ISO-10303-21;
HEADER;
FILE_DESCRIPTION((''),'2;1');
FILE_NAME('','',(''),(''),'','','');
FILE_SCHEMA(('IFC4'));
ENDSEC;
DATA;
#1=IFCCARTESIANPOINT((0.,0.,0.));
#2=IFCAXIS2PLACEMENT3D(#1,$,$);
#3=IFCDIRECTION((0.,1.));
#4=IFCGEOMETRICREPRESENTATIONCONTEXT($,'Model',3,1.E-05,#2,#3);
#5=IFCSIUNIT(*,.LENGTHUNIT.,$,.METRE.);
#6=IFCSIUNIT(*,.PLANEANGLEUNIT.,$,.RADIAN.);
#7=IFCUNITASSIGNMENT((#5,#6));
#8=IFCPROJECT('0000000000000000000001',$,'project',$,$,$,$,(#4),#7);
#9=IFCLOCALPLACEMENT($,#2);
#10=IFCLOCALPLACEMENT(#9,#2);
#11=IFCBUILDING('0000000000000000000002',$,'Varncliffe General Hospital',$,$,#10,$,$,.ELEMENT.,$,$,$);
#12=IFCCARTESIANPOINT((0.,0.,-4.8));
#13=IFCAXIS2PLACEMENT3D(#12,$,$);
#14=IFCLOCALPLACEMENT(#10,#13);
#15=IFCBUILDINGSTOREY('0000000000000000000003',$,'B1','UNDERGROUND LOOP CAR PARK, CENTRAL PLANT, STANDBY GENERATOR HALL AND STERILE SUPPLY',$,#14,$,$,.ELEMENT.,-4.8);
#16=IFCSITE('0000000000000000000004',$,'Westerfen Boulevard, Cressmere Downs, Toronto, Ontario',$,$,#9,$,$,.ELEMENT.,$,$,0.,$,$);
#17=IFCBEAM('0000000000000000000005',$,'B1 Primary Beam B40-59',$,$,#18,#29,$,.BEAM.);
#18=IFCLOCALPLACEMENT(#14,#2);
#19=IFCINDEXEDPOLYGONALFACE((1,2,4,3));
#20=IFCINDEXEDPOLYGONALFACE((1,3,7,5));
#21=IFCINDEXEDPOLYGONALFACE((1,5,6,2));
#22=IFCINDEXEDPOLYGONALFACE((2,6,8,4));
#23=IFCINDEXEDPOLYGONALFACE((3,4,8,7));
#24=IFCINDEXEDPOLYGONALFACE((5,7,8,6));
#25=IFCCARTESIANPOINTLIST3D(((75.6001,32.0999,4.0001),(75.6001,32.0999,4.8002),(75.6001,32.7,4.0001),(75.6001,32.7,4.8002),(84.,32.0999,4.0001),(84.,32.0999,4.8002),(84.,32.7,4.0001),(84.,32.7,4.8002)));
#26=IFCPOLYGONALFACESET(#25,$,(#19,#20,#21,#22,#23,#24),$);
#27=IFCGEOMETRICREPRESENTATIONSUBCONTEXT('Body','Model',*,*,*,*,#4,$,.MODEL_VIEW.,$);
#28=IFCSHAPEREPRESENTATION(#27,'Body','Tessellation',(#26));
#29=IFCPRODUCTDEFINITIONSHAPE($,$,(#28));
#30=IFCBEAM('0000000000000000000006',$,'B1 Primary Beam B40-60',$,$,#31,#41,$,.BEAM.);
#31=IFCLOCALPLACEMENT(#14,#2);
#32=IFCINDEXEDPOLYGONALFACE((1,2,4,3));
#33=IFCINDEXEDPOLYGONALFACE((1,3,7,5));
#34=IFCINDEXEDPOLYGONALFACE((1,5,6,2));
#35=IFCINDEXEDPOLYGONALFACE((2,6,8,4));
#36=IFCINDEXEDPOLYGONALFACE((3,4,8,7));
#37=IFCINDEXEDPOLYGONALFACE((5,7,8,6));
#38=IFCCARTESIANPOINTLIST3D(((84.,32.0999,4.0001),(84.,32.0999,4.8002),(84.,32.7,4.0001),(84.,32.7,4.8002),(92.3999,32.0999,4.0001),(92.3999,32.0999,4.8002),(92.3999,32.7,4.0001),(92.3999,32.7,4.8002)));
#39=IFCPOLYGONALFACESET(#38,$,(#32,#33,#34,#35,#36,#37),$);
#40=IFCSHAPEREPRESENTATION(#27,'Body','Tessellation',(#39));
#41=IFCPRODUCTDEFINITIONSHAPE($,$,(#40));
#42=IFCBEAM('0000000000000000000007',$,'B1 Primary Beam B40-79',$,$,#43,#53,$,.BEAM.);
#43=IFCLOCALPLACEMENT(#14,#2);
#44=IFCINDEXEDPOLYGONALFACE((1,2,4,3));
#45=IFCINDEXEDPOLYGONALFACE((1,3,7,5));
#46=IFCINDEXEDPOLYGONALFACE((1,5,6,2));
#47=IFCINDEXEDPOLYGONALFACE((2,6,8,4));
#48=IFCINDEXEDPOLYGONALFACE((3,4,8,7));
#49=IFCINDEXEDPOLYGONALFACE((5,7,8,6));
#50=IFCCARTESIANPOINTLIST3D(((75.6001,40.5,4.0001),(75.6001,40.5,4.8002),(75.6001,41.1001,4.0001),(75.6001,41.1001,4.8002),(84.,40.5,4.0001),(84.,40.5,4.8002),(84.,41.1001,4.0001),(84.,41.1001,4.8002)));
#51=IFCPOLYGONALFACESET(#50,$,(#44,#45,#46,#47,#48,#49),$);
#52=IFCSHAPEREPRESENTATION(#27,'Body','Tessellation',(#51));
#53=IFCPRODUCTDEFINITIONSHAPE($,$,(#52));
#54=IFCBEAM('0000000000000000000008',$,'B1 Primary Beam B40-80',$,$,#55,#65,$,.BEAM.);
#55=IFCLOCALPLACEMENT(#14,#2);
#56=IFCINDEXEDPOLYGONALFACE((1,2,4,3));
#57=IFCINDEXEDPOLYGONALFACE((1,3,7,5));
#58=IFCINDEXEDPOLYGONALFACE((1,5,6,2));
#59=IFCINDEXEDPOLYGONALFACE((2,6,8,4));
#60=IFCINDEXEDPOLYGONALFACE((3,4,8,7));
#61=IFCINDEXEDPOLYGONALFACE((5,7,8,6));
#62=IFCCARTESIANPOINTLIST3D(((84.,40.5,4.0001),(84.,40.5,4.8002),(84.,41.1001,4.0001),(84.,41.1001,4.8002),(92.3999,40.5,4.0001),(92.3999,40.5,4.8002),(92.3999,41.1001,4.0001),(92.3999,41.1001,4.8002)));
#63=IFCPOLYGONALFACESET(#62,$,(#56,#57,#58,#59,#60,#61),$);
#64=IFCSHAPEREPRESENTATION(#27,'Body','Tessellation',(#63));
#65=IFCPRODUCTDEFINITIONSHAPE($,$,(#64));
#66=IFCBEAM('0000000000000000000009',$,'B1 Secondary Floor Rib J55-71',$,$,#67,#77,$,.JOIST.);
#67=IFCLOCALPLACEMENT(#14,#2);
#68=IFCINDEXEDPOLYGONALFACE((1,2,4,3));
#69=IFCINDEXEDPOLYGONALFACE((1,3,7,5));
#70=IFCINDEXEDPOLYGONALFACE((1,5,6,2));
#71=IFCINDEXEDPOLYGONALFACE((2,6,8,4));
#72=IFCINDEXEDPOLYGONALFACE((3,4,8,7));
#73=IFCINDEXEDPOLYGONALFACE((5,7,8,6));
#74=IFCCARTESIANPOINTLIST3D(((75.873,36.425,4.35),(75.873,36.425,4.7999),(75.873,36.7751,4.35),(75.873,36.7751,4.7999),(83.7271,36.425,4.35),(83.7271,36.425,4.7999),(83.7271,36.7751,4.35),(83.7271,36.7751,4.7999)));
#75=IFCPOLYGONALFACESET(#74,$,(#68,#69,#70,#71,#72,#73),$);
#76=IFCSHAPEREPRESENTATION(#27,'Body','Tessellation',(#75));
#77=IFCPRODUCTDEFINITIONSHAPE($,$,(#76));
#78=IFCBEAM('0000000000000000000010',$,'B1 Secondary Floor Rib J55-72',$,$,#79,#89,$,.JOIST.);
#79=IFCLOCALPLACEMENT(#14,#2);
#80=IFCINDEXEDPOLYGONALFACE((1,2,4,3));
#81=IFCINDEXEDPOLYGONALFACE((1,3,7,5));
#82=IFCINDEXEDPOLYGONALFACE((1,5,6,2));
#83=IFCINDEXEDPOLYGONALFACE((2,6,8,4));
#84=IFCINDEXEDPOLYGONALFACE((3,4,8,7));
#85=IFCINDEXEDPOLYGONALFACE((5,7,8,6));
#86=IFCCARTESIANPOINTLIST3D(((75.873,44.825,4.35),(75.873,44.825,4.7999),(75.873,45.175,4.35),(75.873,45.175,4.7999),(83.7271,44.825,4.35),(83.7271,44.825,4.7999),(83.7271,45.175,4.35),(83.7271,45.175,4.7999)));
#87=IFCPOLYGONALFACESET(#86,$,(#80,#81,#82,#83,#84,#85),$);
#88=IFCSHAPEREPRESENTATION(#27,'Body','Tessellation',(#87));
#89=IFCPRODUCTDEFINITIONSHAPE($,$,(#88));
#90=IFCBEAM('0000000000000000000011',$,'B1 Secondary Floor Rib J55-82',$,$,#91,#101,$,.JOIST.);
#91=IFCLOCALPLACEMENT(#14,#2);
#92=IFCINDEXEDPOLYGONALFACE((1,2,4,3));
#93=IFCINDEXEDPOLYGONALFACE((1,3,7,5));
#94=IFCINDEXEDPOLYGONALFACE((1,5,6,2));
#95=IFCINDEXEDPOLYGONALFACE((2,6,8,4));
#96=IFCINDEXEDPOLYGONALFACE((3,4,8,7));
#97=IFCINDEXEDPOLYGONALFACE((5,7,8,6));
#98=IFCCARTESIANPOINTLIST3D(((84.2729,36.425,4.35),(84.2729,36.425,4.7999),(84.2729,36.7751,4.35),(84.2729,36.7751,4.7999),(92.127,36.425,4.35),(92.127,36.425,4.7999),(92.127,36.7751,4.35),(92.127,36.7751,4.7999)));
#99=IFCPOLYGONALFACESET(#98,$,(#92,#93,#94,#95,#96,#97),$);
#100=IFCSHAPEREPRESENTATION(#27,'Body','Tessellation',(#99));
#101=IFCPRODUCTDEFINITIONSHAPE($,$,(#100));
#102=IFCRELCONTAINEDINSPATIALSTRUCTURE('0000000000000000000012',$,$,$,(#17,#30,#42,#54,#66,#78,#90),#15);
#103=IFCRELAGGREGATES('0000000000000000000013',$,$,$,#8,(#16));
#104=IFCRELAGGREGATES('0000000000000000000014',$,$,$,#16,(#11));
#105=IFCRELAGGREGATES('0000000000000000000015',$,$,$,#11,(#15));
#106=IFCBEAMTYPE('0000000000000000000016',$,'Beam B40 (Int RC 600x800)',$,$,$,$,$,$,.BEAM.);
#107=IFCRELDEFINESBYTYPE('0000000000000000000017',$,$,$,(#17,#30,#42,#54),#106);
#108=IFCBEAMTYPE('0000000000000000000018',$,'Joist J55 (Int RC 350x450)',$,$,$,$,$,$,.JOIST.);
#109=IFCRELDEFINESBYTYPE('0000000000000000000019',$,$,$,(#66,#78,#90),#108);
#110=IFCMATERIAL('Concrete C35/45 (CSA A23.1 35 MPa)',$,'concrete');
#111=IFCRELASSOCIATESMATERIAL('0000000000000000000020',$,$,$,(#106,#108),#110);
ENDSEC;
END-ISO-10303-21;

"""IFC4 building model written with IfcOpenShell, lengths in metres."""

from ifc_helpers import new_model, si_unit, direction, frame, origin, origin_2d, place, context, subcontext, project, spatial, rectangle, extrude, material, material_profile, profile_set, type_object, element, save


model = new_model("IFC4")

# Units and contexts
model_context = context("Model", 3, precision=1e-05, world=origin(), true_north=direction((0.0, 1.0)))
body_context = subcontext(model_context, "Body", "Model", "MODEL_VIEW")
ifc_project = project(units=[si_unit("LENGTHUNIT", "METRE"), si_unit("PLANEANGLEUNIT", "RADIAN")], contexts=[model_context])

# Site, building, storey
site_placement = place(None, origin())
site = spatial("IfcSite", under=ifc_project, at=site_placement, Name="Westerfen Boulevard, Cressmere Downs, Toronto, Ontario", CompositionType="ELEMENT", RefElevation=0.0)
building_placement = place(site_placement, origin())
building = spatial("IfcBuilding", under=site, at=building_placement, Name="Varncliffe General Hospital", CompositionType="ELEMENT")
storey_placement = place(building_placement, frame((0.0, 0.0, -4.8)))
storey = spatial("IfcBuildingStorey", under=building, at=storey_placement, Name="B1", Description="UNDERGROUND LOOP CAR PARK, CENTRAL PLANT, STANDBY GENERATOR HALL AND STERILE SUPPLY", CompositionType="ELEMENT", Elevation=-4.8)

# Beams
ifc_material_1 = material(Name="Concrete C35/45 (CSA A23.1 35 MPa)", Category="concrete")
ifc_material_profile_1 = material_profile(ifc_material_1, rectangle(XDim=0.6001, YDim=0.8, at=origin_2d()), Name="RC 600x800")
ifc_profile_set_1 = profile_set([ifc_material_profile_1], Name="Concrete C35/45 (CSA A23.1 35 MPa)")
beam_type_1 = type_object("IfcBeamType", Name="Beam B40 (Int RC 600x800)", PredefinedType="BEAM", material=ifc_profile_set_1)
for number, where, z_axis, x_axis, name in (
    (1, (75.6001, 32.3999, 4.4001), (1.0, 0.0, 0.0), (0.0, 1.0, 0.0), "B1 Primary Beam B40-59"),
    (2, (84.0, 32.3999, 4.4001), (1.0, 0.0, 0.0), (0.0, 1.0, 0.0), "B1 Primary Beam B40-60"),
    (3, (75.6001, 40.8, 4.4001), (1.0, 0.0, 0.0), (0.0, 1.0, 0.0), "B1 Primary Beam B40-79"),
    (4, (84.0, 40.8, 4.4001), (1.0, 0.0, 0.0), (0.0, 1.0, 0.0), "B1 Primary Beam B40-80"),
):
    element("IfcBeam", number, at=place(storey_placement, frame(where, z_axis=z_axis, x_axis=x_axis)), inside=storey, type_object=beam_type_1, Name=name, PredefinedType="BEAM", context=body_context, shape_type="SweptSolid", body=[
        extrude(rectangle(XDim=0.6001, YDim=0.8, at=origin_2d()), origin(), (0.0, 0.0, 1.0), 8.3999),
    ])
ifc_material_profile_2 = material_profile(ifc_material_1, rectangle(XDim=0.3501, YDim=0.45, at=origin_2d()), Name="RC 350x450")
ifc_profile_set_2 = profile_set([ifc_material_profile_2], Name="Concrete C35/45 (CSA A23.1 35 MPa)")
beam_type_2 = type_object("IfcBeamType", Name="Joist J55 (Int RC 350x450)", PredefinedType="JOIST", material=ifc_profile_set_2)
for number, where, z_axis, x_axis, name in (
    (5, (75.873, 36.6001, 4.575), (1.0, 0.0, 0.0), (0.0, 1.0, 0.0), "B1 Secondary Floor Rib J55-71"),
    (6, (75.873, 45.0, 4.575), (1.0, 0.0, 0.0), (0.0, 1.0, 0.0), "B1 Secondary Floor Rib J55-72"),
    (7, (84.2729, 36.6001, 4.575), (1.0, 0.0, 0.0), (0.0, 1.0, 0.0), "B1 Secondary Floor Rib J55-82"),
):
    element("IfcBeam", number, at=place(storey_placement, frame(where, z_axis=z_axis, x_axis=x_axis)), inside=storey, type_object=beam_type_2, Name=name, PredefinedType="JOIST", context=body_context, shape_type="SweptSolid", body=[
        extrude(rectangle(XDim=0.3501, YDim=0.45, at=origin_2d()), origin(), (0.0, 0.0, 1.0), 7.854),
    ])

save(model, "model.ifc")
